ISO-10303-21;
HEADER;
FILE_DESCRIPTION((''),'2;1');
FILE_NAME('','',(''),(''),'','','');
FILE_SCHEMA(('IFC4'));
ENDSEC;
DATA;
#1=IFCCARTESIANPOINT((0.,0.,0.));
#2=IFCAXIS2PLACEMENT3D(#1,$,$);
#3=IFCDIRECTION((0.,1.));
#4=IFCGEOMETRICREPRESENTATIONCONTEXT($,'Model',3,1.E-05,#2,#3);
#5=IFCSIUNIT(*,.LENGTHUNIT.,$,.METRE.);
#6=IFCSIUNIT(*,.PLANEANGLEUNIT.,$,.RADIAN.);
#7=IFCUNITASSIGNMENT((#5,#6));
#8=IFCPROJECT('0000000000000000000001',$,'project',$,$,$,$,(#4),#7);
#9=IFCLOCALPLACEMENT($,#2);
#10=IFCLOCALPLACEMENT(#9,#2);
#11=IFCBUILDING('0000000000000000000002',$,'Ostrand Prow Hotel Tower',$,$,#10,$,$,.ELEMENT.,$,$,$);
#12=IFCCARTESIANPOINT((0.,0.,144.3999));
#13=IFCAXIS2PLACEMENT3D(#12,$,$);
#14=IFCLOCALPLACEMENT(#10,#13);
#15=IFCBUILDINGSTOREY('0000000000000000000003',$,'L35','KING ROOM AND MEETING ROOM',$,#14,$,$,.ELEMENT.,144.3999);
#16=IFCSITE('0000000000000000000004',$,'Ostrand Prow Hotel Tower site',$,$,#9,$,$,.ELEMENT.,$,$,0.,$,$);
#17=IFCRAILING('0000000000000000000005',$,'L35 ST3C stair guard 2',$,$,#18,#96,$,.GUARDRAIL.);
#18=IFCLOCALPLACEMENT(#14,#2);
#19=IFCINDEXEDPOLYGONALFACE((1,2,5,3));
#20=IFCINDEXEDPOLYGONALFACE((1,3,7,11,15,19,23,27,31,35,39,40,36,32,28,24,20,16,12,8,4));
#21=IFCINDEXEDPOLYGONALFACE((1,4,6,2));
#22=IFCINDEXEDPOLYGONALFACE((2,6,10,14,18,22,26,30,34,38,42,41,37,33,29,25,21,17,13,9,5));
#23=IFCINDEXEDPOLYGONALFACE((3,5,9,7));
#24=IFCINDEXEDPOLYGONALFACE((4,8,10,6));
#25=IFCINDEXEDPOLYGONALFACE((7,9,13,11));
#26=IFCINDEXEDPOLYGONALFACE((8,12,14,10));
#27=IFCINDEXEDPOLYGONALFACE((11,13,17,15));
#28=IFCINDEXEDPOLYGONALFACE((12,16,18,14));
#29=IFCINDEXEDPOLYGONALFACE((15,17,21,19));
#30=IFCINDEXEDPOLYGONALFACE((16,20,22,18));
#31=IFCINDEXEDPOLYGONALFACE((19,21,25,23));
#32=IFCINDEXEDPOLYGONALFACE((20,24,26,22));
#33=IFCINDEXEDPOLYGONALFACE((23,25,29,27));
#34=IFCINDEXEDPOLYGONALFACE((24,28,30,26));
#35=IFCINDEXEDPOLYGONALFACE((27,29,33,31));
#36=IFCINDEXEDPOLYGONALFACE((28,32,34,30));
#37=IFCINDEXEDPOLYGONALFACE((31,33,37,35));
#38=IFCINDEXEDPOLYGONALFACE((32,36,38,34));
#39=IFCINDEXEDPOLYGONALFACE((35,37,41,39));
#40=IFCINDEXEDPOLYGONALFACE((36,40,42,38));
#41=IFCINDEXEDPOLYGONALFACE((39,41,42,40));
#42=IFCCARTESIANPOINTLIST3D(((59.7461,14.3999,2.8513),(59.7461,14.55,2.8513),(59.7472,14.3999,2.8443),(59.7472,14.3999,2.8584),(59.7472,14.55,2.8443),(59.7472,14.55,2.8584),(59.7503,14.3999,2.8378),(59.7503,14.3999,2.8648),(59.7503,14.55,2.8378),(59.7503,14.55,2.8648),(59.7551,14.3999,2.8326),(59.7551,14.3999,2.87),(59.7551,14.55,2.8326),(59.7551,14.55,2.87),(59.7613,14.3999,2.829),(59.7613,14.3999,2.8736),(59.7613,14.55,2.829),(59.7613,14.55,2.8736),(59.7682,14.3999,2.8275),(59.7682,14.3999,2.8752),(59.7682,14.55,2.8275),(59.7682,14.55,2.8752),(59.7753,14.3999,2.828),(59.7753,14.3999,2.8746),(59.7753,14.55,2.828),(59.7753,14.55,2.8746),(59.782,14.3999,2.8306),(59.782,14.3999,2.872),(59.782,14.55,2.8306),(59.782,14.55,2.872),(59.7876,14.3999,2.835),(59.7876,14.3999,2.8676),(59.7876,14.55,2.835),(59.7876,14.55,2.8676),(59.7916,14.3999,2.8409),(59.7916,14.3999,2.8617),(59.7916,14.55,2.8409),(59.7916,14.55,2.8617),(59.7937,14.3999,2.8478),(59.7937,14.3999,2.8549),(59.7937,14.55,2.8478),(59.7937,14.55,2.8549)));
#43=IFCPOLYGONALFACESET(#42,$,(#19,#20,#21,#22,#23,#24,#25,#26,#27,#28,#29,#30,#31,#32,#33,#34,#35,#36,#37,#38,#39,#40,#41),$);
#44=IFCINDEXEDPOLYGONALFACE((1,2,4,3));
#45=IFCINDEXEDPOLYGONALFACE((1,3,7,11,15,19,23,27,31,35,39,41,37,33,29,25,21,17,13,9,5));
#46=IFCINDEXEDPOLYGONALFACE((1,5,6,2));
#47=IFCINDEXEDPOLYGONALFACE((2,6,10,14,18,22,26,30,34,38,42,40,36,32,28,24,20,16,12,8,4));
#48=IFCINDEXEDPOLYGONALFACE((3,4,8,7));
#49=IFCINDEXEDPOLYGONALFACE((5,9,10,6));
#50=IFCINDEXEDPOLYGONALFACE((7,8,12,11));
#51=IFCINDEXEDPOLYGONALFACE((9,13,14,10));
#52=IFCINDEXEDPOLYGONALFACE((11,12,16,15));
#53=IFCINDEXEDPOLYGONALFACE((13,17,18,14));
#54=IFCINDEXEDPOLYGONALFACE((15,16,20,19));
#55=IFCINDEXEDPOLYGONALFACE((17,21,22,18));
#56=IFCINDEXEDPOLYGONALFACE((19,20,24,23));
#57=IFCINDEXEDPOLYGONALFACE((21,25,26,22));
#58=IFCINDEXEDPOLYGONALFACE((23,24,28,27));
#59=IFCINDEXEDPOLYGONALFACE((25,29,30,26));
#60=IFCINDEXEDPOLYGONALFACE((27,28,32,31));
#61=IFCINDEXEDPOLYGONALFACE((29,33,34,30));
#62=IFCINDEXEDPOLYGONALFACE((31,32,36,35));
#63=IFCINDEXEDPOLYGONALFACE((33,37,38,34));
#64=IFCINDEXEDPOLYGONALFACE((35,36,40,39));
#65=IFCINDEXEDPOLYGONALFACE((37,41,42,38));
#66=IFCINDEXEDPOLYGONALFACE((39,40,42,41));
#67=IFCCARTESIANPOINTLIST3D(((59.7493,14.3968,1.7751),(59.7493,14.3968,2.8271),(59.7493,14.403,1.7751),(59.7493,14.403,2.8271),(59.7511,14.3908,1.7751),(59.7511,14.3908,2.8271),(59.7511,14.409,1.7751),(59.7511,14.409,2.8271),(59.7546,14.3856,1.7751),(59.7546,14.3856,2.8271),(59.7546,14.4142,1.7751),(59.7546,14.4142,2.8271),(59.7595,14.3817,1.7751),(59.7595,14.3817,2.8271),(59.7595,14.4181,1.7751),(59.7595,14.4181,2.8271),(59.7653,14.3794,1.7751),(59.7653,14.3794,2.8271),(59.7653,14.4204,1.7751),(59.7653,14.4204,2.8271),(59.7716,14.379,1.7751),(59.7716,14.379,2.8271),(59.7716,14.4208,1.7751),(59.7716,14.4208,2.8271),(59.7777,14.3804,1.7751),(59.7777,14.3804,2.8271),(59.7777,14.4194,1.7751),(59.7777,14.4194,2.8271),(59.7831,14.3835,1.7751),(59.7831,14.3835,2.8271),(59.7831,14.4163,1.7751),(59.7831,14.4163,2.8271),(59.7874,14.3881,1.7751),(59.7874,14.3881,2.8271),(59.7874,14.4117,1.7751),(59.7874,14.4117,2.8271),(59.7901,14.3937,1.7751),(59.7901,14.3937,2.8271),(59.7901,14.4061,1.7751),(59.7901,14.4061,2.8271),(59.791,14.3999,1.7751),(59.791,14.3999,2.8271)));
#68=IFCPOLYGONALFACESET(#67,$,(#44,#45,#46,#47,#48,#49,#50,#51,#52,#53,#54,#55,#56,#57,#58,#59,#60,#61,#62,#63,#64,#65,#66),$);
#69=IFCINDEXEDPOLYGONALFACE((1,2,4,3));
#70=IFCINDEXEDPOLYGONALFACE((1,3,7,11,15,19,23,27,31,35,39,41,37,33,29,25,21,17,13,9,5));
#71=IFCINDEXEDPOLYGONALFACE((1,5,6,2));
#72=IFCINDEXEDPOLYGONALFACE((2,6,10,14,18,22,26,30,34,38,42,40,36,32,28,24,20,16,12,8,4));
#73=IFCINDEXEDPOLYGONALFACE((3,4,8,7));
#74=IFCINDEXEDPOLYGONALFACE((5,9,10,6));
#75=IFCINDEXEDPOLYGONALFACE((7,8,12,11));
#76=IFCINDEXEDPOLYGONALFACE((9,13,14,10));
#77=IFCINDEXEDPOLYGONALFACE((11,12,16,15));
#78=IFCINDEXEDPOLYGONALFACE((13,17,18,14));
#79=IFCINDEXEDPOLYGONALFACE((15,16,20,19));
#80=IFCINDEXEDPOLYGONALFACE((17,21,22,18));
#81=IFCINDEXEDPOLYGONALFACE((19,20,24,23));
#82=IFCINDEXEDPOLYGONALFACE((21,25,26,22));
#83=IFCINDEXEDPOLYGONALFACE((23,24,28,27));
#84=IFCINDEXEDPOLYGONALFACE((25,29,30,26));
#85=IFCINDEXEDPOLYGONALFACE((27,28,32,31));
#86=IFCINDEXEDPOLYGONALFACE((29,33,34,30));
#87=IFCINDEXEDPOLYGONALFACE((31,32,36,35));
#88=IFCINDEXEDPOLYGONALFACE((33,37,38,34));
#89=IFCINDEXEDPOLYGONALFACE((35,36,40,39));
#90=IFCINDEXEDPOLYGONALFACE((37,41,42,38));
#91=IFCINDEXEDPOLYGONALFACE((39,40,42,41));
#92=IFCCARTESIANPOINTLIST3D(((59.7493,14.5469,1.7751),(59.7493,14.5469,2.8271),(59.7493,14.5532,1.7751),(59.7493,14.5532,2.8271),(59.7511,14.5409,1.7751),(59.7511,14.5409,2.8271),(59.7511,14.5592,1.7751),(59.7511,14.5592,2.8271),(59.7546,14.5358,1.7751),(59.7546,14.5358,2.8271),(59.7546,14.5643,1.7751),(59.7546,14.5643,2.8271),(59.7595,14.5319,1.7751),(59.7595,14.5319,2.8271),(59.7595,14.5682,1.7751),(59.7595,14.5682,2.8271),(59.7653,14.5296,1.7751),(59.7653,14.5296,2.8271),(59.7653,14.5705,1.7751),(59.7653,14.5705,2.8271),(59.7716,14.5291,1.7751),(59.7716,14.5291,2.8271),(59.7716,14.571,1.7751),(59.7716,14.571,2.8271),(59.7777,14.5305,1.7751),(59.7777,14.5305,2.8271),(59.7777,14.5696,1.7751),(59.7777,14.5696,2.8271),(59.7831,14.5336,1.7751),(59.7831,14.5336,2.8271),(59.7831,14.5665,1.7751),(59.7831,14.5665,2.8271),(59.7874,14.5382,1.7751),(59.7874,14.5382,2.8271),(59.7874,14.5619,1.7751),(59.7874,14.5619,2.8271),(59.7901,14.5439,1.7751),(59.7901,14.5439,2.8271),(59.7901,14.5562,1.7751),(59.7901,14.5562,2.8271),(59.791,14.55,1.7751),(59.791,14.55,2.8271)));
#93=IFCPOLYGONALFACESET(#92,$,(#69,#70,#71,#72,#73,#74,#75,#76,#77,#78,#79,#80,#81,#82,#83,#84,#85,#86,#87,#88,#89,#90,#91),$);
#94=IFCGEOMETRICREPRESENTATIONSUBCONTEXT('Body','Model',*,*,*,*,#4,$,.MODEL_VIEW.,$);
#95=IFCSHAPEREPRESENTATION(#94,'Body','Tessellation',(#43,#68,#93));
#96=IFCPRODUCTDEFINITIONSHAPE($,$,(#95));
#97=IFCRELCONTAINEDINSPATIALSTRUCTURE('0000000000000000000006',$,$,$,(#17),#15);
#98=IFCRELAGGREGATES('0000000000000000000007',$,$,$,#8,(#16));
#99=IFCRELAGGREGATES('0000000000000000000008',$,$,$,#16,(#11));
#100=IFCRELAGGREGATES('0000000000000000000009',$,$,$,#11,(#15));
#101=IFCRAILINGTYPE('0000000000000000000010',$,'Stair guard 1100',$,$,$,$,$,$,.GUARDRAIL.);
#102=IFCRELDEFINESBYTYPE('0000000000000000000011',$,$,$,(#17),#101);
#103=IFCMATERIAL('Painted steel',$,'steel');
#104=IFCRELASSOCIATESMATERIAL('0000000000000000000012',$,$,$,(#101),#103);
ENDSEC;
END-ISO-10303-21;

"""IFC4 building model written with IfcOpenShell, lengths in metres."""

from ifc_helpers import new_model, si_unit, direction, frame, origin, origin_2d, place, context, subcontext, project, spatial, circle, extrude, material, type_object, element, save


model = new_model("IFC4")

# Units and contexts
model_context = context("Model", 3, precision=1e-05, world=origin(), true_north=direction((0.0, 1.0)))
body_context = subcontext(model_context, "Body", "Model", "MODEL_VIEW")
ifc_project = project(units=[si_unit("LENGTHUNIT", "METRE"), si_unit("PLANEANGLEUNIT", "RADIAN")], contexts=[model_context])

# Site, building, storey
site_placement = place(None, origin())
site = spatial("IfcSite", under=ifc_project, at=site_placement, Name="Ostrand Prow Hotel Tower site", CompositionType="ELEMENT", RefElevation=0.0)
building_placement = place(site_placement, origin())
building = spatial("IfcBuilding", under=site, at=building_placement, Name="Ostrand Prow Hotel Tower", CompositionType="ELEMENT")
storey_placement = place(building_placement, frame((0.0, 0.0, 144.3999)))
storey = spatial("IfcBuildingStorey", under=building, at=storey_placement, Name="L35", Description="KING ROOM AND MEETING ROOM", CompositionType="ELEMENT", Elevation=144.3999)

# Railing
ifc_material_1 = material(Name="Painted steel", Category="steel")
railing_type_1 = type_object("IfcRailingType", Name="Stair guard 1100", PredefinedType="GUARDRAIL", material=ifc_material_1)
railing_1_placement = place(storey_placement, frame((59.77, 14.3999, 1.7751)))
element("IfcRailing", 1, at=railing_1_placement, inside=storey, type_object=railing_type_1, Name="L35 ST3C stair guard 2", PredefinedType="GUARDRAIL", context=body_context, shape_type="SweptSolid", body=[
    extrude(circle(Radius=0.0239, at=origin_2d()), frame((0.0, 0.0, 1.0762), z_axis=(0.0, 1.0, 0.0), x_axis=(-1.0, 0.0, 0.0)), (0.0, 0.0, 1.0), 0.1501),
    extrude(circle(Radius=0.021, at=origin_2d()), origin(), (0.0, 0.0, 1.0), 1.052),
    extrude(circle(Radius=0.021, at=origin_2d()), frame((0.0, 0.1501, 0.0)), (0.0, 0.0, 1.0), 1.052),
])

save(model, "model.ifc")
